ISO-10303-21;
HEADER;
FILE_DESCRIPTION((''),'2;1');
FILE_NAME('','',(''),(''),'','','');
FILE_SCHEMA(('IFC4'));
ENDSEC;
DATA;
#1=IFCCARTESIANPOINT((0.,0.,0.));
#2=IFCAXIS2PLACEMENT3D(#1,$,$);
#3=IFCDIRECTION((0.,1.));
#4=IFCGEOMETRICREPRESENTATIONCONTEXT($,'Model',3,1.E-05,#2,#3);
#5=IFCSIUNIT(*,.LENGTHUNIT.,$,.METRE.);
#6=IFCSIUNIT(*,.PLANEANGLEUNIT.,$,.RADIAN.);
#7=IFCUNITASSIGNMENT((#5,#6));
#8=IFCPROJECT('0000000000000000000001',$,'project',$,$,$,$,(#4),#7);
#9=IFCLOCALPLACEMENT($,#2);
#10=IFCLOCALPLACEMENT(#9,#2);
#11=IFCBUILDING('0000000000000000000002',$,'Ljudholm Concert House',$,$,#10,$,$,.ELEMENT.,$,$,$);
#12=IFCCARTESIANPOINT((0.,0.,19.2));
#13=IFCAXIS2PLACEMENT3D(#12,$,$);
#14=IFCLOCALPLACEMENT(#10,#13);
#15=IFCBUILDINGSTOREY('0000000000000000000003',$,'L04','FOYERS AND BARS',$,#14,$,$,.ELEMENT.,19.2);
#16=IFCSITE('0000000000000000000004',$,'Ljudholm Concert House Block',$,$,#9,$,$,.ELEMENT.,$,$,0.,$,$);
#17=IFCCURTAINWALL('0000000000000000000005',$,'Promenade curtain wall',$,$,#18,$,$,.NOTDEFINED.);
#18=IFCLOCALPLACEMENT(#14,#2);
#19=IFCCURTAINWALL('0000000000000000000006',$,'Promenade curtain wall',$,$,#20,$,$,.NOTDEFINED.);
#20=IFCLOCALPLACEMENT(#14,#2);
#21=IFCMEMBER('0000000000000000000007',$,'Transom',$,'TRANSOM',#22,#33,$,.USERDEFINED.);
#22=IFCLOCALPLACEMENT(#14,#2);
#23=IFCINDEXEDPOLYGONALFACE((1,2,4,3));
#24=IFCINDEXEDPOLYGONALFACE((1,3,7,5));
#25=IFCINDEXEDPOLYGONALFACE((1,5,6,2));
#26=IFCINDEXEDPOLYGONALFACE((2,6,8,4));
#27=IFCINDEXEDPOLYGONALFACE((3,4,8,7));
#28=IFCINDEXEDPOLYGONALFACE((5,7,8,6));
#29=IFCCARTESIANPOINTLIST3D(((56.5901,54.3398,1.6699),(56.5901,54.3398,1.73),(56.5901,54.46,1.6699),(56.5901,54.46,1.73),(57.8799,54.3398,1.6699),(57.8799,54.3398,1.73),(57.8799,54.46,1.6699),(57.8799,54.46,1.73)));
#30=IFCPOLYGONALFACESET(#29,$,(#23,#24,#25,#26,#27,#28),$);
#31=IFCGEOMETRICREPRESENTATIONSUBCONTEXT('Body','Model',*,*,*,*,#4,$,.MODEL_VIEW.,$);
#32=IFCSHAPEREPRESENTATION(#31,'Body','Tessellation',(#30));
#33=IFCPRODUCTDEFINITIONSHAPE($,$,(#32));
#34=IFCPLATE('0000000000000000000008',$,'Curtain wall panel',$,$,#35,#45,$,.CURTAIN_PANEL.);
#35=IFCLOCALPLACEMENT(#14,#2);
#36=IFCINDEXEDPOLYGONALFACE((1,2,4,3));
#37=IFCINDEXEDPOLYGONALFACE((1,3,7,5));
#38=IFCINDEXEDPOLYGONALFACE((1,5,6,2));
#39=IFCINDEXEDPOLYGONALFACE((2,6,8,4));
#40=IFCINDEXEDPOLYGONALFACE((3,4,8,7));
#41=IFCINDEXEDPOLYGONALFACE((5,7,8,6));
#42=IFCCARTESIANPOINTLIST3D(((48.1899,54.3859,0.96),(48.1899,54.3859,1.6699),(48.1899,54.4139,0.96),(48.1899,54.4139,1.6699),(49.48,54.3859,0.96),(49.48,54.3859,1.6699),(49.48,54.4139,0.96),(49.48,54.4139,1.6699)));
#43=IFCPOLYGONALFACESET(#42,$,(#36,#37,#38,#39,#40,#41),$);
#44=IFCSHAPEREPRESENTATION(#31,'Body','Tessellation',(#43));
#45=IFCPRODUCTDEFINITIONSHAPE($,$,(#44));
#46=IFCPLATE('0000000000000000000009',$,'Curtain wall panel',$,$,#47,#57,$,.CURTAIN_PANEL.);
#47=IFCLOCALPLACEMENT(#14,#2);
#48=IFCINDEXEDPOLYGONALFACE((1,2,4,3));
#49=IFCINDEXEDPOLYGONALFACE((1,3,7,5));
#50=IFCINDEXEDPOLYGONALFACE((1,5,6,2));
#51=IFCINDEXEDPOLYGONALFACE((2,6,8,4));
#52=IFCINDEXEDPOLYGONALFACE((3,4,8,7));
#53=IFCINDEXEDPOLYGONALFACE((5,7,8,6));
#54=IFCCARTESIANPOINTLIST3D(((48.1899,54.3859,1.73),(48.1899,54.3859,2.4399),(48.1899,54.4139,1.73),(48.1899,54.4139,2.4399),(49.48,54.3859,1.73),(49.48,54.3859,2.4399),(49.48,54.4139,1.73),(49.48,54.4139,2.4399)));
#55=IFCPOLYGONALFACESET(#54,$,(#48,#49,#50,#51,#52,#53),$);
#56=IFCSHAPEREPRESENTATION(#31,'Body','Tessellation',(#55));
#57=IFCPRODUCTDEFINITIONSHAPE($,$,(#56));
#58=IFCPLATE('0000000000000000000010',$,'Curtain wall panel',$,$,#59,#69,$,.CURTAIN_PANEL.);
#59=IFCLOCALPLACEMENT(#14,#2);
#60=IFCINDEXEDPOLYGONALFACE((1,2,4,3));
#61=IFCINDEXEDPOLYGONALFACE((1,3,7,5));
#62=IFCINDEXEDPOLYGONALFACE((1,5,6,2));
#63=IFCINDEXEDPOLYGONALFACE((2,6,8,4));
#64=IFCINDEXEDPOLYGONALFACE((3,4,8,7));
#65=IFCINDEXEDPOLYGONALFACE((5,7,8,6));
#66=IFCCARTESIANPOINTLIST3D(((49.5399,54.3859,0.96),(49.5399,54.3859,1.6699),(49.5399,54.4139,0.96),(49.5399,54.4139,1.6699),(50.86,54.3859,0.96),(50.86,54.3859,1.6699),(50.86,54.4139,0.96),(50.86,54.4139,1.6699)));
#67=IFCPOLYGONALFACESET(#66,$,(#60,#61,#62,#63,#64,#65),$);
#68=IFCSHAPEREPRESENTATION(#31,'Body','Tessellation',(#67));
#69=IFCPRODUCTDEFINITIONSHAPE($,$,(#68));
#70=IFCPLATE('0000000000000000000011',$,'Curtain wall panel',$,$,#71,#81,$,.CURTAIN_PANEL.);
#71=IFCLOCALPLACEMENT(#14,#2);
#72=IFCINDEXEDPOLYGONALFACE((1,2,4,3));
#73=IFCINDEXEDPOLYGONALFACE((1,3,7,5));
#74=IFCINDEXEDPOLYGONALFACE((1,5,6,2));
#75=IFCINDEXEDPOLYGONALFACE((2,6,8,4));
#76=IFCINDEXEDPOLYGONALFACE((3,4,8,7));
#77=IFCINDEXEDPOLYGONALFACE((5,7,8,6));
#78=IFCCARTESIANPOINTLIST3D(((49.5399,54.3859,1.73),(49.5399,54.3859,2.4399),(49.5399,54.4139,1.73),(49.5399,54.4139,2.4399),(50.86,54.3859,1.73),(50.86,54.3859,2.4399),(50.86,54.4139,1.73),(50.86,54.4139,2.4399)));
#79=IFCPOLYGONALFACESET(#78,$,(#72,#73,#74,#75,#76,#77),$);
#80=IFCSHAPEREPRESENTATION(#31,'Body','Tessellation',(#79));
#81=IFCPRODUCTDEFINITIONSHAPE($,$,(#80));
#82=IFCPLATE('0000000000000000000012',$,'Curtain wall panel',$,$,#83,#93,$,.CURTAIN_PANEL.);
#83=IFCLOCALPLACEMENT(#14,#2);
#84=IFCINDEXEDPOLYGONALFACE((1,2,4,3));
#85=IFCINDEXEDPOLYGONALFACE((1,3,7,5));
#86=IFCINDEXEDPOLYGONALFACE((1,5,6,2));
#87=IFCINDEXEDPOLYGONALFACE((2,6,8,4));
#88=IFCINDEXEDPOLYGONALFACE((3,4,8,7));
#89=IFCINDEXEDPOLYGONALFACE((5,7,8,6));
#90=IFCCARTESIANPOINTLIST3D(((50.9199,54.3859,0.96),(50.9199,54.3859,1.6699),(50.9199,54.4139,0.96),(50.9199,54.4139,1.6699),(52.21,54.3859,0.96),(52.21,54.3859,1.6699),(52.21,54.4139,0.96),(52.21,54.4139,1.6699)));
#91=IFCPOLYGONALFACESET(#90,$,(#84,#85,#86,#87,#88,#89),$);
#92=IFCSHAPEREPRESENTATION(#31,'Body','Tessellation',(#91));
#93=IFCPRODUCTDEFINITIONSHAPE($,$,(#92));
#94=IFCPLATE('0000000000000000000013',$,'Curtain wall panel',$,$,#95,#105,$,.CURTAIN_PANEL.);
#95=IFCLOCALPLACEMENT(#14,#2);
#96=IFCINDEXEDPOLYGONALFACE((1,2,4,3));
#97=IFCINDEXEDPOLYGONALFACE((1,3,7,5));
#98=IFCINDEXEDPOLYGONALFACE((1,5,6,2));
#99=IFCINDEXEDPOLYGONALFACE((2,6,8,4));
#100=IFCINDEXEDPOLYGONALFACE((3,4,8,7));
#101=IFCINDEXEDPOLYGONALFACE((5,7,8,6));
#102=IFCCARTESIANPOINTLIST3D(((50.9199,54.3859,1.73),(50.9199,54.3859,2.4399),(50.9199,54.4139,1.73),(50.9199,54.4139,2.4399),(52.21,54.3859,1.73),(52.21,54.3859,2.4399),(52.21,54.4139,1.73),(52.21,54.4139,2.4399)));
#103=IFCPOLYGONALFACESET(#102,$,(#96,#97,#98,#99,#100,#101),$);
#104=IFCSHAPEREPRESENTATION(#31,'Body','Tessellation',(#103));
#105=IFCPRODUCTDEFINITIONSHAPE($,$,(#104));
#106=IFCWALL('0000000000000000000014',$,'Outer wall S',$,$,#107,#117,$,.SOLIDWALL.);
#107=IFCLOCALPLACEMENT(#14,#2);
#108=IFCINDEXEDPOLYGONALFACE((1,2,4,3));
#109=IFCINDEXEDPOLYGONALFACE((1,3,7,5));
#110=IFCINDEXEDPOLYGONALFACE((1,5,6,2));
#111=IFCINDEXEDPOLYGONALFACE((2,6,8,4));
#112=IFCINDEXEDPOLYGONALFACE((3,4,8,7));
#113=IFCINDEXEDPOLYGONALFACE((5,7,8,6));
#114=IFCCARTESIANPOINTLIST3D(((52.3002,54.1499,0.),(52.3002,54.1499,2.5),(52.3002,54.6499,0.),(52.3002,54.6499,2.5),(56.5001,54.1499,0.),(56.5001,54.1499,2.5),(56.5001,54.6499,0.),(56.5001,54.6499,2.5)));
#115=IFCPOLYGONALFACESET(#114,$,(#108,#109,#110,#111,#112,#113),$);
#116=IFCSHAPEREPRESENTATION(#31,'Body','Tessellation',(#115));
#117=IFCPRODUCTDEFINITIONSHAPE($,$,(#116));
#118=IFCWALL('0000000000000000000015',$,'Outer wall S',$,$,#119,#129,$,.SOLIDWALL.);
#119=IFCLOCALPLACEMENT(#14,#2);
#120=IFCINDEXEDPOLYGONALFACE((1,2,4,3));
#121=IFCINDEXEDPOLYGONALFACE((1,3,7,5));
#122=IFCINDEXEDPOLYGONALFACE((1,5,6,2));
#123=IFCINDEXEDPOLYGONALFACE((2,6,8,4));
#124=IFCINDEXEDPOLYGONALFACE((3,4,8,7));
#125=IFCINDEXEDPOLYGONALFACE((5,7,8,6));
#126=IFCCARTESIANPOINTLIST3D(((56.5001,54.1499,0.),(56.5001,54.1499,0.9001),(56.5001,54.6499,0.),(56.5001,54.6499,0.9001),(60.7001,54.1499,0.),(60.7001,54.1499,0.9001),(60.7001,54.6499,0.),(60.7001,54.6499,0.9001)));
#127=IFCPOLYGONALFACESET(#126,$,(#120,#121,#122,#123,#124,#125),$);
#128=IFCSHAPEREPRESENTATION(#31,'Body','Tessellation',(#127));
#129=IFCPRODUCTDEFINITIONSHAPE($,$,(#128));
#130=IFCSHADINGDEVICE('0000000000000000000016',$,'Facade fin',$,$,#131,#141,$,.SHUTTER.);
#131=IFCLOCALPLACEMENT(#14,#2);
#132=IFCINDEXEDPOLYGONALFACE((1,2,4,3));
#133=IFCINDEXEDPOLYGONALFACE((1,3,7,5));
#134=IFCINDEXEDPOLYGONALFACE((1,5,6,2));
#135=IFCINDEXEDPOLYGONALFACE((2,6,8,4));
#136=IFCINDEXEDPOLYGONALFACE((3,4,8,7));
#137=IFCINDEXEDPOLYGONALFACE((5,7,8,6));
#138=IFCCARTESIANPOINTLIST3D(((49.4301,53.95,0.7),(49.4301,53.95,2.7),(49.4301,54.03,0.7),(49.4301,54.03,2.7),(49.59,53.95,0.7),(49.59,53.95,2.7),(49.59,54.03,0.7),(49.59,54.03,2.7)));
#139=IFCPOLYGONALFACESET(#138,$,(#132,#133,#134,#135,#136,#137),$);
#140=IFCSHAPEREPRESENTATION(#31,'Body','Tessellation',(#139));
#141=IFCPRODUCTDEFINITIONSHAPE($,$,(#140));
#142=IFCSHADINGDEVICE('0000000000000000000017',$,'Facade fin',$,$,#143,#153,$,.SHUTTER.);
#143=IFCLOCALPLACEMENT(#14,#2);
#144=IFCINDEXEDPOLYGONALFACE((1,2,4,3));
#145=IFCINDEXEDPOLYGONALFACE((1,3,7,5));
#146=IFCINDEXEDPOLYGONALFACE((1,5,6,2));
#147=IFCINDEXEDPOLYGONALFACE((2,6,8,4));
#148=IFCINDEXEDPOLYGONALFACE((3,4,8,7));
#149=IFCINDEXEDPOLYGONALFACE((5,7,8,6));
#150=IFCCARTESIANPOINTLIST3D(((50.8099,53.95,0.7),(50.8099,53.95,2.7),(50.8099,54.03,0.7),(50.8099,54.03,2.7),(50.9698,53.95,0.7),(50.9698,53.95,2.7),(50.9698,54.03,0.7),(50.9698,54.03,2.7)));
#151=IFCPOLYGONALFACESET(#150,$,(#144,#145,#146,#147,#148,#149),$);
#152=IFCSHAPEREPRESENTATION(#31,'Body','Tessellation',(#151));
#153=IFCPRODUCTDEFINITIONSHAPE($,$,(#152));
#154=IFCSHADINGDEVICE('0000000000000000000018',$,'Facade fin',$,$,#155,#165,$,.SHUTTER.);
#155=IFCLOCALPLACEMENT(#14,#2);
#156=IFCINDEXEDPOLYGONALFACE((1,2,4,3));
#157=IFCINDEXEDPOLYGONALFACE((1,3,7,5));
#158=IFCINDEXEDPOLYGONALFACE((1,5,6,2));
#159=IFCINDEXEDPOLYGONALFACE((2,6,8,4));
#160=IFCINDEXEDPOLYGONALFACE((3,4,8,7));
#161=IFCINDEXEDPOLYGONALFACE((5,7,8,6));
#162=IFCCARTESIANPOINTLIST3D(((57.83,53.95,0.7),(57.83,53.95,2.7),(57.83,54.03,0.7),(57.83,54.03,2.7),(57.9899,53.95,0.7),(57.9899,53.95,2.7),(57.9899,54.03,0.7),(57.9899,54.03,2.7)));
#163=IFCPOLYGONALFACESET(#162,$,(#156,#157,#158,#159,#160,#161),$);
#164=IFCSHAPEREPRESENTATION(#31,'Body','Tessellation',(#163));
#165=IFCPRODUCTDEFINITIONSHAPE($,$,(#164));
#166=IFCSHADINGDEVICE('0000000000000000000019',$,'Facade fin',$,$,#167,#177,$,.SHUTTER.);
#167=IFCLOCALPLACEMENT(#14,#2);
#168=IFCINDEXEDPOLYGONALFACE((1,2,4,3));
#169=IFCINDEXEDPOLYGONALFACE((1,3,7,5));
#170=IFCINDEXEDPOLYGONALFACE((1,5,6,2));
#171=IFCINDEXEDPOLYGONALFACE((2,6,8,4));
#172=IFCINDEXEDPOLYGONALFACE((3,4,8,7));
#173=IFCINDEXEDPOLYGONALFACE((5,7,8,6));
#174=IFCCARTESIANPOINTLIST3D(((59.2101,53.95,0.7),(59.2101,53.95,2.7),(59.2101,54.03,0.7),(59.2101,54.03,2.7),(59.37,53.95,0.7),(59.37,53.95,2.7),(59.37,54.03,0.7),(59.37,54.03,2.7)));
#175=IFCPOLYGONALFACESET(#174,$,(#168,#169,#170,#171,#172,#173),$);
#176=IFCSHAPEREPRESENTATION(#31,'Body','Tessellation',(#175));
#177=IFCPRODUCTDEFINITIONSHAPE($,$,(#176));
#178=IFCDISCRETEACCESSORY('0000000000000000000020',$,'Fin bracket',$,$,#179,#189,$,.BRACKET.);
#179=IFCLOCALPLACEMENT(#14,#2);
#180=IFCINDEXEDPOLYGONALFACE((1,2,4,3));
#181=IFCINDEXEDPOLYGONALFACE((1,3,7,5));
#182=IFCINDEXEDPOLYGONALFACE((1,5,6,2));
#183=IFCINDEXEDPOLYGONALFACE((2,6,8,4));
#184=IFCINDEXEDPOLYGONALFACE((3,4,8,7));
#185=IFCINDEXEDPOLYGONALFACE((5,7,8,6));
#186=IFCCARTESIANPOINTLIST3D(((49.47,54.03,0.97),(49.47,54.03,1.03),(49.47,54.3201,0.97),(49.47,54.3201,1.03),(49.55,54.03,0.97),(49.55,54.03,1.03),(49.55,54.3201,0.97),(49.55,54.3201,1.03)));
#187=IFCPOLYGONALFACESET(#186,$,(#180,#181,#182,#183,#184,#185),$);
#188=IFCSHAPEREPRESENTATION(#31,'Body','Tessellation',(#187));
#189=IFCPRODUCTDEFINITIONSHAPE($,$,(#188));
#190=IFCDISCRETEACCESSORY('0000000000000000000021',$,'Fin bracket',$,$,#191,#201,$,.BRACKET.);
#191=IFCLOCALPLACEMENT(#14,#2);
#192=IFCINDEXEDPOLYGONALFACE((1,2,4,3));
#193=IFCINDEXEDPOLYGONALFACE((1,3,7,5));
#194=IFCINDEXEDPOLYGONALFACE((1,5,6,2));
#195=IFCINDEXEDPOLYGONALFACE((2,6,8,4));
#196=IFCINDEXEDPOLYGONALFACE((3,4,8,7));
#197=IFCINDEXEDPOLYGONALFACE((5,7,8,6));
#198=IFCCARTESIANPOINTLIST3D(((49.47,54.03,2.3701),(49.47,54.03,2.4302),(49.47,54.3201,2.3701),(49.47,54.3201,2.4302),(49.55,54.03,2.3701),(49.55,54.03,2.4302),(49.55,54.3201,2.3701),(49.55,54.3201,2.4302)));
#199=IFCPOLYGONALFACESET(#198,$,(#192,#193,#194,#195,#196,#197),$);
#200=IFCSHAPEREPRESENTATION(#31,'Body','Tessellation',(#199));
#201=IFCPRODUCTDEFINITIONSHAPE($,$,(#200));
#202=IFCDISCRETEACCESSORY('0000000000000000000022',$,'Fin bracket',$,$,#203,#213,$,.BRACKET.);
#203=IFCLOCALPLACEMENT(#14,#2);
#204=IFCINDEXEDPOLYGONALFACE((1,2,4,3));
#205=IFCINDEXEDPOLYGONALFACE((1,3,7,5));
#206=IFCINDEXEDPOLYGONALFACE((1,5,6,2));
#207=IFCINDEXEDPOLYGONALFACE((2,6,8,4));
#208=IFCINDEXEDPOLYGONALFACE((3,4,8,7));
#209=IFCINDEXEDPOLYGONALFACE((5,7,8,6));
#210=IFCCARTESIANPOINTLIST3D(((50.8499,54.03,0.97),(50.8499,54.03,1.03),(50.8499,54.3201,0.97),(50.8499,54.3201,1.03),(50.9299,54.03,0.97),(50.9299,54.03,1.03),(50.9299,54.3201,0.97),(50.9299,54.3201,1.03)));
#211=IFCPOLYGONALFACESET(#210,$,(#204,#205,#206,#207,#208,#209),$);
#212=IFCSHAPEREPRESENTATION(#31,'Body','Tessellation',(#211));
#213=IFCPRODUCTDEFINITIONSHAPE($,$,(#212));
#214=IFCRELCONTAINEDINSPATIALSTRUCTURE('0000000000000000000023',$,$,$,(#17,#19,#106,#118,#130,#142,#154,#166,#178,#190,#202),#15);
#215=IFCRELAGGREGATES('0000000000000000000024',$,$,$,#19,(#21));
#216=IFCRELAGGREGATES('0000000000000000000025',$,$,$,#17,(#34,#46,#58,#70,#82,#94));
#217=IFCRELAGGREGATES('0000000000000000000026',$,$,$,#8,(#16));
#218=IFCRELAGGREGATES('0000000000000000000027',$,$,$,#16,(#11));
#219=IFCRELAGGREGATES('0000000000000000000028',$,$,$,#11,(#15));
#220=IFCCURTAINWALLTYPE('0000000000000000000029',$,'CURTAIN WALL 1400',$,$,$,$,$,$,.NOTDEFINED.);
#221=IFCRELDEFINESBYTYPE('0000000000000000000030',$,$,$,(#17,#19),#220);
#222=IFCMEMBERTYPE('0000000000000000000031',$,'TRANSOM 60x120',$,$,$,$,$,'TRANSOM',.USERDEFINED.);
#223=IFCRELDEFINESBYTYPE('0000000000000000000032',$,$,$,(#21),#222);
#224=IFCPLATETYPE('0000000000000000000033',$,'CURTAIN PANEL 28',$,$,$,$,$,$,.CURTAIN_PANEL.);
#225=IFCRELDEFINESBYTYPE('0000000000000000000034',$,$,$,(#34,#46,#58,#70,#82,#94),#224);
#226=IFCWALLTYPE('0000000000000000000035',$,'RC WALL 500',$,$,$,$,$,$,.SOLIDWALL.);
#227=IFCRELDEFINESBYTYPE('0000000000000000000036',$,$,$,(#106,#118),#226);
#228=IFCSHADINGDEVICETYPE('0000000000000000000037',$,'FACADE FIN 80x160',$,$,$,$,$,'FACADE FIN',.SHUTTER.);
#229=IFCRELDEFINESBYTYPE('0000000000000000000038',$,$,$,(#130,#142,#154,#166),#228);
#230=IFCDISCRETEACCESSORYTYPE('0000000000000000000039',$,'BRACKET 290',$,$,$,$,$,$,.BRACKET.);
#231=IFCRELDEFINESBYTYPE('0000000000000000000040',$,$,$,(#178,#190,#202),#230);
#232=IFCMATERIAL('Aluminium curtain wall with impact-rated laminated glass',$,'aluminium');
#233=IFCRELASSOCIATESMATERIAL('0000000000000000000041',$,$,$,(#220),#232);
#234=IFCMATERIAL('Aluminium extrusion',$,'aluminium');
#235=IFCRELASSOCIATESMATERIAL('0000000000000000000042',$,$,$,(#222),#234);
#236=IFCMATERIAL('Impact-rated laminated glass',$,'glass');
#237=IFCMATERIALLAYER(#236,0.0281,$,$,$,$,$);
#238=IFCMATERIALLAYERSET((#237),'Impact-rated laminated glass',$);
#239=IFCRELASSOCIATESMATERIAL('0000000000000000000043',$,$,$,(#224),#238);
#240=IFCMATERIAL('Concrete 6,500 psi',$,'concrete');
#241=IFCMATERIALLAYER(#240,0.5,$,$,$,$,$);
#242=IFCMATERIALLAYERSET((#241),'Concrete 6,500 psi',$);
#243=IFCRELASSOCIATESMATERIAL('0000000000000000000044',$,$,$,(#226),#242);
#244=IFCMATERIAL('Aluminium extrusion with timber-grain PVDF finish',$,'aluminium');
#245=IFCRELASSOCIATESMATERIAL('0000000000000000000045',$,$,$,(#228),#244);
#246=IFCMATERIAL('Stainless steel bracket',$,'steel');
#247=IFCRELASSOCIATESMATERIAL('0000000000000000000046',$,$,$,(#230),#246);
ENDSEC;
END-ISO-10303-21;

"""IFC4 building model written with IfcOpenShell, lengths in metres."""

from ifc_helpers import new_model, si_unit, direction, frame, frame_2d, origin, origin_2d, place, context, subcontext, project, spatial, rectangle, extrude, material, layer, layer_set, material_profile, profile_set, type_object, element, aggregate, save


model = new_model("IFC4")

# Units and contexts
model_context = context("Model", 3, precision=1e-05, world=origin(), true_north=direction((0.0, 1.0)))
body_context = subcontext(model_context, "Body", "Model", "MODEL_VIEW")
ifc_project = project(units=[si_unit("LENGTHUNIT", "METRE"), si_unit("PLANEANGLEUNIT", "RADIAN")], contexts=[model_context])

# Site, building, storey
site_placement = place(None, origin())
site = spatial("IfcSite", under=ifc_project, at=site_placement, Name="Ljudholm Concert House Block", CompositionType="ELEMENT", RefElevation=0.0)
building_placement = place(site_placement, origin())
building = spatial("IfcBuilding", under=site, at=building_placement, Name="Ljudholm Concert House", CompositionType="ELEMENT")
storey_placement = place(building_placement, frame((0.0, 0.0, 19.2)))
storey = spatial("IfcBuildingStorey", under=building, at=storey_placement, Name="L04", Description="FOYERS AND BARS", CompositionType="ELEMENT", Elevation=19.2)

# Curtain wall
ifc_material_1 = material(Name="Aluminium curtain wall with impact-rated laminated glass", Category="aluminium")
curtain_wall_type = type_object("IfcCurtainWallType", Name="CURTAIN WALL 1400", PredefinedType="NOTDEFINED", material=ifc_material_1)
curtain_wall_1_placement = place(storey_placement, origin())
curtain_wall_1 = element("IfcCurtainWall", 1, at=curtain_wall_1_placement, inside=storey, type_object=curtain_wall_type, Name="Promenade curtain wall", PredefinedType="NOTDEFINED")

# Curtain wall
curtain_wall_2_placement = place(storey_placement, origin())
curtain_wall_2 = element("IfcCurtainWall", 2, at=curtain_wall_2_placement, inside=storey, type_object=curtain_wall_type, Name="Promenade curtain wall", PredefinedType="NOTDEFINED")

# Member
ifc_material_2 = material(Name="Aluminium extrusion", Category="aluminium")
ifc_material_profile_1 = material_profile(ifc_material_2, rectangle(XDim=0.1201, YDim=0.0601, at=origin_2d()), Name="TRANSOM 60x120")
ifc_profile_set_1 = profile_set([ifc_material_profile_1], Name="Aluminium extrusion")
member_type_1 = type_object("IfcMemberType", Name="TRANSOM 60x120", ElementType="TRANSOM", PredefinedType="USERDEFINED", material=ifc_profile_set_1)
member_1_placement = place(storey_placement, frame((56.5901, 54.3999, 1.7), z_axis=(1.0, 0.0, 0.0), x_axis=(0.0, 1.0, 0.0)))
member_1 = element("IfcMember", 3, at=member_1_placement, type_object=member_type_1, Name="Transom", ObjectType="TRANSOM", PredefinedType="USERDEFINED", context=body_context, shape_type="SweptSolid", body=[
    extrude(rectangle(XDim=0.1201, YDim=0.0601, at=origin_2d()), origin(), (0.0, 0.0, 1.0), 1.2898),
])
aggregate(curtain_wall_2, [member_1])

# Plates
ifc_material_3 = material(Name="Impact-rated laminated glass", Category="glass")
ifc_layer_1 = layer(ifc_material_3, 0.0281)
ifc_layer_set_1 = layer_set([ifc_layer_1], Name="Impact-rated laminated glass")
plate_type = type_object("IfcPlateType", Name="CURTAIN PANEL 28", PredefinedType="CURTAIN_PANEL", material=ifc_layer_set_1)
plate_1_placement = place(storey_placement, frame((48.835, 54.3999, 0.96), z_axis=(0.0, 0.0, 1.0), x_axis=(1.0, 0.0, 0.0)))
plate_1 = element("IfcPlate", 4, at=plate_1_placement, type_object=plate_type, Name="Curtain wall panel", PredefinedType="CURTAIN_PANEL", context=body_context, shape_type="SweptSolid", body=[
    extrude(rectangle(XDim=1.29, YDim=0.0281, at=origin_2d()), origin(), (0.0, 0.0, 1.0), 0.71),
])
plate_2_placement = place(storey_placement, frame((48.835, 54.3999, 1.73), z_axis=(0.0, 0.0, 1.0), x_axis=(1.0, 0.0, 0.0)))
plate_2 = element("IfcPlate", 5, at=plate_2_placement, type_object=plate_type, Name="Curtain wall panel", PredefinedType="CURTAIN_PANEL", context=body_context, shape_type="SweptSolid", body=[
    extrude(rectangle(XDim=1.29, YDim=0.0281, at=origin_2d()), origin(), (0.0, 0.0, 1.0), 0.71),
])
plate_3_placement = place(storey_placement, frame((50.2, 54.3999, 0.96), z_axis=(0.0, 0.0, 1.0), x_axis=(1.0, 0.0, 0.0)))
plate_3 = element("IfcPlate", 6, at=plate_3_placement, type_object=plate_type, Name="Curtain wall panel", PredefinedType="CURTAIN_PANEL", context=body_context, shape_type="SweptSolid", body=[
    extrude(rectangle(XDim=1.3201, YDim=0.0281, at=origin_2d()), origin(), (0.0, 0.0, 1.0), 0.71),
])
plate_4_placement = place(storey_placement, frame((50.2, 54.3999, 1.73), z_axis=(0.0, 0.0, 1.0), x_axis=(1.0, 0.0, 0.0)))
plate_4 = element("IfcPlate", 7, at=plate_4_placement, type_object=plate_type, Name="Curtain wall panel", PredefinedType="CURTAIN_PANEL", context=body_context, shape_type="SweptSolid", body=[
    extrude(rectangle(XDim=1.3201, YDim=0.0281, at=origin_2d()), origin(), (0.0, 0.0, 1.0), 0.71),
])
plate_5_placement = place(storey_placement, frame((51.5649, 54.3999, 0.96), z_axis=(0.0, 0.0, 1.0), x_axis=(1.0, 0.0, 0.0)))
plate_5 = element("IfcPlate", 8, at=plate_5_placement, type_object=plate_type, Name="Curtain wall panel", PredefinedType="CURTAIN_PANEL", context=body_context, shape_type="SweptSolid", body=[
    extrude(rectangle(XDim=1.29, YDim=0.0281, at=origin_2d()), origin(), (0.0, 0.0, 1.0), 0.71),
])
plate_6_placement = place(storey_placement, frame((51.5649, 54.3999, 1.73), z_axis=(0.0, 0.0, 1.0), x_axis=(1.0, 0.0, 0.0)))
plate_6 = element("IfcPlate", 9, at=plate_6_placement, type_object=plate_type, Name="Curtain wall panel", PredefinedType="CURTAIN_PANEL", context=body_context, shape_type="SweptSolid", body=[
    extrude(rectangle(XDim=1.29, YDim=0.0281, at=origin_2d()), origin(), (0.0, 0.0, 1.0), 0.71),
])
aggregate(curtain_wall_1, [plate_1, plate_2, plate_3, plate_4, plate_5, plate_6])

# Walls
ifc_material_4 = material(Name="Concrete 6,500 psi", Category="concrete")
ifc_layer_2 = layer(ifc_material_4, 0.5)
ifc_layer_set_2 = layer_set([ifc_layer_2], Name="Concrete 6,500 psi")
wall_type = type_object("IfcWallType", Name="RC WALL 500", PredefinedType="SOLIDWALL", material=ifc_layer_set_2)
wall_1_placement = place(storey_placement, frame((52.3, 54.3999, 0.0), z_axis=(0.0, 0.0, 1.0), x_axis=(1.0, 0.0, 0.0)))
element("IfcWall", 10, at=wall_1_placement, inside=storey, type_object=wall_type, Name="Outer wall S", PredefinedType="SOLIDWALL", context=body_context, shape_type="SweptSolid", body=[
    extrude(rectangle(XDim=4.2, YDim=0.5, at=frame_2d((2.1001, 0.0))), origin(), (0.0, 0.0, 1.0), 2.5),
])
wall_2_placement = place(storey_placement, frame((56.5, 54.3999, 0.0), z_axis=(0.0, 0.0, 1.0), x_axis=(1.0, 0.0, 0.0)))
element("IfcWall", 11, at=wall_2_placement, inside=storey, type_object=wall_type, Name="Outer wall S", PredefinedType="SOLIDWALL", context=body_context, shape_type="SweptSolid", body=[
    extrude(rectangle(XDim=4.2, YDim=0.5, at=frame_2d((2.1001, 0.0))), origin(), (0.0, 0.0, 1.0), 0.9001),
])

# Shading devices
ifc_material_5 = material(Name="Aluminium extrusion with timber-grain PVDF finish", Category="aluminium")
shading_device_type = type_object("IfcShadingDeviceType", Name="FACADE FIN 80x160", ElementType="FACADE FIN", PredefinedType="SHUTTER", material=ifc_material_5)
for number, where, z_axis, x_axis, name in (
    (12, (49.51, 53.99, 0.7), (0.0, 0.0, 1.0), (0.0, -1.0, 0.0), "Facade fin"),
    (13, (50.8899, 53.99, 0.7), (0.0, 0.0, 1.0), (0.0, -1.0, 0.0), "Facade fin"),
    (14, (57.9099, 53.99, 0.7), (0.0, 0.0, 1.0), (0.0, -1.0, 0.0), "Facade fin"),
    (15, (59.29, 53.99, 0.7), (0.0, 0.0, 1.0), (0.0, -1.0, 0.0), "Facade fin"),
):
    element("IfcShadingDevice", number, at=place(storey_placement, frame(where, z_axis=z_axis, x_axis=x_axis)), inside=storey, type_object=shading_device_type, Name=name, PredefinedType="SHUTTER", context=body_context, shape_type="SweptSolid", body=[
        extrude(rectangle(XDim=0.0801, YDim=0.1599, at=origin_2d()), origin(), (0.0, 0.0, 1.0), 2.0),
    ])

# Discrete accessories
ifc_material_6 = material(Name="Stainless steel bracket", Category="steel")
discrete_accessory_type_1 = type_object("IfcDiscreteAccessoryType", Name="BRACKET 290", PredefinedType="BRACKET", material=ifc_material_6)
for number, where, z_axis, x_axis, name in (
    (16, (49.51, 54.175, 0.97), (0.0, 0.0, 1.0), (0.0, -1.0, 0.0), "Fin bracket"),
    (17, (49.51, 54.175, 2.3701), (0.0, 0.0, 1.0), (0.0, -1.0, 0.0), "Fin bracket"),
    (18, (50.8899, 54.175, 0.97), (0.0, 0.0, 1.0), (0.0, -1.0, 0.0), "Fin bracket"),
):
    element("IfcDiscreteAccessory", number, at=place(storey_placement, frame(where, z_axis=z_axis, x_axis=x_axis)), inside=storey, type_object=discrete_accessory_type_1, Name=name, PredefinedType="BRACKET", context=body_context, shape_type="SweptSolid", body=[
        extrude(rectangle(XDim=0.29, YDim=0.0801, at=origin_2d()), origin(), (0.0, 0.0, 1.0), 0.0601),
    ])

save(model, "model.ifc")
